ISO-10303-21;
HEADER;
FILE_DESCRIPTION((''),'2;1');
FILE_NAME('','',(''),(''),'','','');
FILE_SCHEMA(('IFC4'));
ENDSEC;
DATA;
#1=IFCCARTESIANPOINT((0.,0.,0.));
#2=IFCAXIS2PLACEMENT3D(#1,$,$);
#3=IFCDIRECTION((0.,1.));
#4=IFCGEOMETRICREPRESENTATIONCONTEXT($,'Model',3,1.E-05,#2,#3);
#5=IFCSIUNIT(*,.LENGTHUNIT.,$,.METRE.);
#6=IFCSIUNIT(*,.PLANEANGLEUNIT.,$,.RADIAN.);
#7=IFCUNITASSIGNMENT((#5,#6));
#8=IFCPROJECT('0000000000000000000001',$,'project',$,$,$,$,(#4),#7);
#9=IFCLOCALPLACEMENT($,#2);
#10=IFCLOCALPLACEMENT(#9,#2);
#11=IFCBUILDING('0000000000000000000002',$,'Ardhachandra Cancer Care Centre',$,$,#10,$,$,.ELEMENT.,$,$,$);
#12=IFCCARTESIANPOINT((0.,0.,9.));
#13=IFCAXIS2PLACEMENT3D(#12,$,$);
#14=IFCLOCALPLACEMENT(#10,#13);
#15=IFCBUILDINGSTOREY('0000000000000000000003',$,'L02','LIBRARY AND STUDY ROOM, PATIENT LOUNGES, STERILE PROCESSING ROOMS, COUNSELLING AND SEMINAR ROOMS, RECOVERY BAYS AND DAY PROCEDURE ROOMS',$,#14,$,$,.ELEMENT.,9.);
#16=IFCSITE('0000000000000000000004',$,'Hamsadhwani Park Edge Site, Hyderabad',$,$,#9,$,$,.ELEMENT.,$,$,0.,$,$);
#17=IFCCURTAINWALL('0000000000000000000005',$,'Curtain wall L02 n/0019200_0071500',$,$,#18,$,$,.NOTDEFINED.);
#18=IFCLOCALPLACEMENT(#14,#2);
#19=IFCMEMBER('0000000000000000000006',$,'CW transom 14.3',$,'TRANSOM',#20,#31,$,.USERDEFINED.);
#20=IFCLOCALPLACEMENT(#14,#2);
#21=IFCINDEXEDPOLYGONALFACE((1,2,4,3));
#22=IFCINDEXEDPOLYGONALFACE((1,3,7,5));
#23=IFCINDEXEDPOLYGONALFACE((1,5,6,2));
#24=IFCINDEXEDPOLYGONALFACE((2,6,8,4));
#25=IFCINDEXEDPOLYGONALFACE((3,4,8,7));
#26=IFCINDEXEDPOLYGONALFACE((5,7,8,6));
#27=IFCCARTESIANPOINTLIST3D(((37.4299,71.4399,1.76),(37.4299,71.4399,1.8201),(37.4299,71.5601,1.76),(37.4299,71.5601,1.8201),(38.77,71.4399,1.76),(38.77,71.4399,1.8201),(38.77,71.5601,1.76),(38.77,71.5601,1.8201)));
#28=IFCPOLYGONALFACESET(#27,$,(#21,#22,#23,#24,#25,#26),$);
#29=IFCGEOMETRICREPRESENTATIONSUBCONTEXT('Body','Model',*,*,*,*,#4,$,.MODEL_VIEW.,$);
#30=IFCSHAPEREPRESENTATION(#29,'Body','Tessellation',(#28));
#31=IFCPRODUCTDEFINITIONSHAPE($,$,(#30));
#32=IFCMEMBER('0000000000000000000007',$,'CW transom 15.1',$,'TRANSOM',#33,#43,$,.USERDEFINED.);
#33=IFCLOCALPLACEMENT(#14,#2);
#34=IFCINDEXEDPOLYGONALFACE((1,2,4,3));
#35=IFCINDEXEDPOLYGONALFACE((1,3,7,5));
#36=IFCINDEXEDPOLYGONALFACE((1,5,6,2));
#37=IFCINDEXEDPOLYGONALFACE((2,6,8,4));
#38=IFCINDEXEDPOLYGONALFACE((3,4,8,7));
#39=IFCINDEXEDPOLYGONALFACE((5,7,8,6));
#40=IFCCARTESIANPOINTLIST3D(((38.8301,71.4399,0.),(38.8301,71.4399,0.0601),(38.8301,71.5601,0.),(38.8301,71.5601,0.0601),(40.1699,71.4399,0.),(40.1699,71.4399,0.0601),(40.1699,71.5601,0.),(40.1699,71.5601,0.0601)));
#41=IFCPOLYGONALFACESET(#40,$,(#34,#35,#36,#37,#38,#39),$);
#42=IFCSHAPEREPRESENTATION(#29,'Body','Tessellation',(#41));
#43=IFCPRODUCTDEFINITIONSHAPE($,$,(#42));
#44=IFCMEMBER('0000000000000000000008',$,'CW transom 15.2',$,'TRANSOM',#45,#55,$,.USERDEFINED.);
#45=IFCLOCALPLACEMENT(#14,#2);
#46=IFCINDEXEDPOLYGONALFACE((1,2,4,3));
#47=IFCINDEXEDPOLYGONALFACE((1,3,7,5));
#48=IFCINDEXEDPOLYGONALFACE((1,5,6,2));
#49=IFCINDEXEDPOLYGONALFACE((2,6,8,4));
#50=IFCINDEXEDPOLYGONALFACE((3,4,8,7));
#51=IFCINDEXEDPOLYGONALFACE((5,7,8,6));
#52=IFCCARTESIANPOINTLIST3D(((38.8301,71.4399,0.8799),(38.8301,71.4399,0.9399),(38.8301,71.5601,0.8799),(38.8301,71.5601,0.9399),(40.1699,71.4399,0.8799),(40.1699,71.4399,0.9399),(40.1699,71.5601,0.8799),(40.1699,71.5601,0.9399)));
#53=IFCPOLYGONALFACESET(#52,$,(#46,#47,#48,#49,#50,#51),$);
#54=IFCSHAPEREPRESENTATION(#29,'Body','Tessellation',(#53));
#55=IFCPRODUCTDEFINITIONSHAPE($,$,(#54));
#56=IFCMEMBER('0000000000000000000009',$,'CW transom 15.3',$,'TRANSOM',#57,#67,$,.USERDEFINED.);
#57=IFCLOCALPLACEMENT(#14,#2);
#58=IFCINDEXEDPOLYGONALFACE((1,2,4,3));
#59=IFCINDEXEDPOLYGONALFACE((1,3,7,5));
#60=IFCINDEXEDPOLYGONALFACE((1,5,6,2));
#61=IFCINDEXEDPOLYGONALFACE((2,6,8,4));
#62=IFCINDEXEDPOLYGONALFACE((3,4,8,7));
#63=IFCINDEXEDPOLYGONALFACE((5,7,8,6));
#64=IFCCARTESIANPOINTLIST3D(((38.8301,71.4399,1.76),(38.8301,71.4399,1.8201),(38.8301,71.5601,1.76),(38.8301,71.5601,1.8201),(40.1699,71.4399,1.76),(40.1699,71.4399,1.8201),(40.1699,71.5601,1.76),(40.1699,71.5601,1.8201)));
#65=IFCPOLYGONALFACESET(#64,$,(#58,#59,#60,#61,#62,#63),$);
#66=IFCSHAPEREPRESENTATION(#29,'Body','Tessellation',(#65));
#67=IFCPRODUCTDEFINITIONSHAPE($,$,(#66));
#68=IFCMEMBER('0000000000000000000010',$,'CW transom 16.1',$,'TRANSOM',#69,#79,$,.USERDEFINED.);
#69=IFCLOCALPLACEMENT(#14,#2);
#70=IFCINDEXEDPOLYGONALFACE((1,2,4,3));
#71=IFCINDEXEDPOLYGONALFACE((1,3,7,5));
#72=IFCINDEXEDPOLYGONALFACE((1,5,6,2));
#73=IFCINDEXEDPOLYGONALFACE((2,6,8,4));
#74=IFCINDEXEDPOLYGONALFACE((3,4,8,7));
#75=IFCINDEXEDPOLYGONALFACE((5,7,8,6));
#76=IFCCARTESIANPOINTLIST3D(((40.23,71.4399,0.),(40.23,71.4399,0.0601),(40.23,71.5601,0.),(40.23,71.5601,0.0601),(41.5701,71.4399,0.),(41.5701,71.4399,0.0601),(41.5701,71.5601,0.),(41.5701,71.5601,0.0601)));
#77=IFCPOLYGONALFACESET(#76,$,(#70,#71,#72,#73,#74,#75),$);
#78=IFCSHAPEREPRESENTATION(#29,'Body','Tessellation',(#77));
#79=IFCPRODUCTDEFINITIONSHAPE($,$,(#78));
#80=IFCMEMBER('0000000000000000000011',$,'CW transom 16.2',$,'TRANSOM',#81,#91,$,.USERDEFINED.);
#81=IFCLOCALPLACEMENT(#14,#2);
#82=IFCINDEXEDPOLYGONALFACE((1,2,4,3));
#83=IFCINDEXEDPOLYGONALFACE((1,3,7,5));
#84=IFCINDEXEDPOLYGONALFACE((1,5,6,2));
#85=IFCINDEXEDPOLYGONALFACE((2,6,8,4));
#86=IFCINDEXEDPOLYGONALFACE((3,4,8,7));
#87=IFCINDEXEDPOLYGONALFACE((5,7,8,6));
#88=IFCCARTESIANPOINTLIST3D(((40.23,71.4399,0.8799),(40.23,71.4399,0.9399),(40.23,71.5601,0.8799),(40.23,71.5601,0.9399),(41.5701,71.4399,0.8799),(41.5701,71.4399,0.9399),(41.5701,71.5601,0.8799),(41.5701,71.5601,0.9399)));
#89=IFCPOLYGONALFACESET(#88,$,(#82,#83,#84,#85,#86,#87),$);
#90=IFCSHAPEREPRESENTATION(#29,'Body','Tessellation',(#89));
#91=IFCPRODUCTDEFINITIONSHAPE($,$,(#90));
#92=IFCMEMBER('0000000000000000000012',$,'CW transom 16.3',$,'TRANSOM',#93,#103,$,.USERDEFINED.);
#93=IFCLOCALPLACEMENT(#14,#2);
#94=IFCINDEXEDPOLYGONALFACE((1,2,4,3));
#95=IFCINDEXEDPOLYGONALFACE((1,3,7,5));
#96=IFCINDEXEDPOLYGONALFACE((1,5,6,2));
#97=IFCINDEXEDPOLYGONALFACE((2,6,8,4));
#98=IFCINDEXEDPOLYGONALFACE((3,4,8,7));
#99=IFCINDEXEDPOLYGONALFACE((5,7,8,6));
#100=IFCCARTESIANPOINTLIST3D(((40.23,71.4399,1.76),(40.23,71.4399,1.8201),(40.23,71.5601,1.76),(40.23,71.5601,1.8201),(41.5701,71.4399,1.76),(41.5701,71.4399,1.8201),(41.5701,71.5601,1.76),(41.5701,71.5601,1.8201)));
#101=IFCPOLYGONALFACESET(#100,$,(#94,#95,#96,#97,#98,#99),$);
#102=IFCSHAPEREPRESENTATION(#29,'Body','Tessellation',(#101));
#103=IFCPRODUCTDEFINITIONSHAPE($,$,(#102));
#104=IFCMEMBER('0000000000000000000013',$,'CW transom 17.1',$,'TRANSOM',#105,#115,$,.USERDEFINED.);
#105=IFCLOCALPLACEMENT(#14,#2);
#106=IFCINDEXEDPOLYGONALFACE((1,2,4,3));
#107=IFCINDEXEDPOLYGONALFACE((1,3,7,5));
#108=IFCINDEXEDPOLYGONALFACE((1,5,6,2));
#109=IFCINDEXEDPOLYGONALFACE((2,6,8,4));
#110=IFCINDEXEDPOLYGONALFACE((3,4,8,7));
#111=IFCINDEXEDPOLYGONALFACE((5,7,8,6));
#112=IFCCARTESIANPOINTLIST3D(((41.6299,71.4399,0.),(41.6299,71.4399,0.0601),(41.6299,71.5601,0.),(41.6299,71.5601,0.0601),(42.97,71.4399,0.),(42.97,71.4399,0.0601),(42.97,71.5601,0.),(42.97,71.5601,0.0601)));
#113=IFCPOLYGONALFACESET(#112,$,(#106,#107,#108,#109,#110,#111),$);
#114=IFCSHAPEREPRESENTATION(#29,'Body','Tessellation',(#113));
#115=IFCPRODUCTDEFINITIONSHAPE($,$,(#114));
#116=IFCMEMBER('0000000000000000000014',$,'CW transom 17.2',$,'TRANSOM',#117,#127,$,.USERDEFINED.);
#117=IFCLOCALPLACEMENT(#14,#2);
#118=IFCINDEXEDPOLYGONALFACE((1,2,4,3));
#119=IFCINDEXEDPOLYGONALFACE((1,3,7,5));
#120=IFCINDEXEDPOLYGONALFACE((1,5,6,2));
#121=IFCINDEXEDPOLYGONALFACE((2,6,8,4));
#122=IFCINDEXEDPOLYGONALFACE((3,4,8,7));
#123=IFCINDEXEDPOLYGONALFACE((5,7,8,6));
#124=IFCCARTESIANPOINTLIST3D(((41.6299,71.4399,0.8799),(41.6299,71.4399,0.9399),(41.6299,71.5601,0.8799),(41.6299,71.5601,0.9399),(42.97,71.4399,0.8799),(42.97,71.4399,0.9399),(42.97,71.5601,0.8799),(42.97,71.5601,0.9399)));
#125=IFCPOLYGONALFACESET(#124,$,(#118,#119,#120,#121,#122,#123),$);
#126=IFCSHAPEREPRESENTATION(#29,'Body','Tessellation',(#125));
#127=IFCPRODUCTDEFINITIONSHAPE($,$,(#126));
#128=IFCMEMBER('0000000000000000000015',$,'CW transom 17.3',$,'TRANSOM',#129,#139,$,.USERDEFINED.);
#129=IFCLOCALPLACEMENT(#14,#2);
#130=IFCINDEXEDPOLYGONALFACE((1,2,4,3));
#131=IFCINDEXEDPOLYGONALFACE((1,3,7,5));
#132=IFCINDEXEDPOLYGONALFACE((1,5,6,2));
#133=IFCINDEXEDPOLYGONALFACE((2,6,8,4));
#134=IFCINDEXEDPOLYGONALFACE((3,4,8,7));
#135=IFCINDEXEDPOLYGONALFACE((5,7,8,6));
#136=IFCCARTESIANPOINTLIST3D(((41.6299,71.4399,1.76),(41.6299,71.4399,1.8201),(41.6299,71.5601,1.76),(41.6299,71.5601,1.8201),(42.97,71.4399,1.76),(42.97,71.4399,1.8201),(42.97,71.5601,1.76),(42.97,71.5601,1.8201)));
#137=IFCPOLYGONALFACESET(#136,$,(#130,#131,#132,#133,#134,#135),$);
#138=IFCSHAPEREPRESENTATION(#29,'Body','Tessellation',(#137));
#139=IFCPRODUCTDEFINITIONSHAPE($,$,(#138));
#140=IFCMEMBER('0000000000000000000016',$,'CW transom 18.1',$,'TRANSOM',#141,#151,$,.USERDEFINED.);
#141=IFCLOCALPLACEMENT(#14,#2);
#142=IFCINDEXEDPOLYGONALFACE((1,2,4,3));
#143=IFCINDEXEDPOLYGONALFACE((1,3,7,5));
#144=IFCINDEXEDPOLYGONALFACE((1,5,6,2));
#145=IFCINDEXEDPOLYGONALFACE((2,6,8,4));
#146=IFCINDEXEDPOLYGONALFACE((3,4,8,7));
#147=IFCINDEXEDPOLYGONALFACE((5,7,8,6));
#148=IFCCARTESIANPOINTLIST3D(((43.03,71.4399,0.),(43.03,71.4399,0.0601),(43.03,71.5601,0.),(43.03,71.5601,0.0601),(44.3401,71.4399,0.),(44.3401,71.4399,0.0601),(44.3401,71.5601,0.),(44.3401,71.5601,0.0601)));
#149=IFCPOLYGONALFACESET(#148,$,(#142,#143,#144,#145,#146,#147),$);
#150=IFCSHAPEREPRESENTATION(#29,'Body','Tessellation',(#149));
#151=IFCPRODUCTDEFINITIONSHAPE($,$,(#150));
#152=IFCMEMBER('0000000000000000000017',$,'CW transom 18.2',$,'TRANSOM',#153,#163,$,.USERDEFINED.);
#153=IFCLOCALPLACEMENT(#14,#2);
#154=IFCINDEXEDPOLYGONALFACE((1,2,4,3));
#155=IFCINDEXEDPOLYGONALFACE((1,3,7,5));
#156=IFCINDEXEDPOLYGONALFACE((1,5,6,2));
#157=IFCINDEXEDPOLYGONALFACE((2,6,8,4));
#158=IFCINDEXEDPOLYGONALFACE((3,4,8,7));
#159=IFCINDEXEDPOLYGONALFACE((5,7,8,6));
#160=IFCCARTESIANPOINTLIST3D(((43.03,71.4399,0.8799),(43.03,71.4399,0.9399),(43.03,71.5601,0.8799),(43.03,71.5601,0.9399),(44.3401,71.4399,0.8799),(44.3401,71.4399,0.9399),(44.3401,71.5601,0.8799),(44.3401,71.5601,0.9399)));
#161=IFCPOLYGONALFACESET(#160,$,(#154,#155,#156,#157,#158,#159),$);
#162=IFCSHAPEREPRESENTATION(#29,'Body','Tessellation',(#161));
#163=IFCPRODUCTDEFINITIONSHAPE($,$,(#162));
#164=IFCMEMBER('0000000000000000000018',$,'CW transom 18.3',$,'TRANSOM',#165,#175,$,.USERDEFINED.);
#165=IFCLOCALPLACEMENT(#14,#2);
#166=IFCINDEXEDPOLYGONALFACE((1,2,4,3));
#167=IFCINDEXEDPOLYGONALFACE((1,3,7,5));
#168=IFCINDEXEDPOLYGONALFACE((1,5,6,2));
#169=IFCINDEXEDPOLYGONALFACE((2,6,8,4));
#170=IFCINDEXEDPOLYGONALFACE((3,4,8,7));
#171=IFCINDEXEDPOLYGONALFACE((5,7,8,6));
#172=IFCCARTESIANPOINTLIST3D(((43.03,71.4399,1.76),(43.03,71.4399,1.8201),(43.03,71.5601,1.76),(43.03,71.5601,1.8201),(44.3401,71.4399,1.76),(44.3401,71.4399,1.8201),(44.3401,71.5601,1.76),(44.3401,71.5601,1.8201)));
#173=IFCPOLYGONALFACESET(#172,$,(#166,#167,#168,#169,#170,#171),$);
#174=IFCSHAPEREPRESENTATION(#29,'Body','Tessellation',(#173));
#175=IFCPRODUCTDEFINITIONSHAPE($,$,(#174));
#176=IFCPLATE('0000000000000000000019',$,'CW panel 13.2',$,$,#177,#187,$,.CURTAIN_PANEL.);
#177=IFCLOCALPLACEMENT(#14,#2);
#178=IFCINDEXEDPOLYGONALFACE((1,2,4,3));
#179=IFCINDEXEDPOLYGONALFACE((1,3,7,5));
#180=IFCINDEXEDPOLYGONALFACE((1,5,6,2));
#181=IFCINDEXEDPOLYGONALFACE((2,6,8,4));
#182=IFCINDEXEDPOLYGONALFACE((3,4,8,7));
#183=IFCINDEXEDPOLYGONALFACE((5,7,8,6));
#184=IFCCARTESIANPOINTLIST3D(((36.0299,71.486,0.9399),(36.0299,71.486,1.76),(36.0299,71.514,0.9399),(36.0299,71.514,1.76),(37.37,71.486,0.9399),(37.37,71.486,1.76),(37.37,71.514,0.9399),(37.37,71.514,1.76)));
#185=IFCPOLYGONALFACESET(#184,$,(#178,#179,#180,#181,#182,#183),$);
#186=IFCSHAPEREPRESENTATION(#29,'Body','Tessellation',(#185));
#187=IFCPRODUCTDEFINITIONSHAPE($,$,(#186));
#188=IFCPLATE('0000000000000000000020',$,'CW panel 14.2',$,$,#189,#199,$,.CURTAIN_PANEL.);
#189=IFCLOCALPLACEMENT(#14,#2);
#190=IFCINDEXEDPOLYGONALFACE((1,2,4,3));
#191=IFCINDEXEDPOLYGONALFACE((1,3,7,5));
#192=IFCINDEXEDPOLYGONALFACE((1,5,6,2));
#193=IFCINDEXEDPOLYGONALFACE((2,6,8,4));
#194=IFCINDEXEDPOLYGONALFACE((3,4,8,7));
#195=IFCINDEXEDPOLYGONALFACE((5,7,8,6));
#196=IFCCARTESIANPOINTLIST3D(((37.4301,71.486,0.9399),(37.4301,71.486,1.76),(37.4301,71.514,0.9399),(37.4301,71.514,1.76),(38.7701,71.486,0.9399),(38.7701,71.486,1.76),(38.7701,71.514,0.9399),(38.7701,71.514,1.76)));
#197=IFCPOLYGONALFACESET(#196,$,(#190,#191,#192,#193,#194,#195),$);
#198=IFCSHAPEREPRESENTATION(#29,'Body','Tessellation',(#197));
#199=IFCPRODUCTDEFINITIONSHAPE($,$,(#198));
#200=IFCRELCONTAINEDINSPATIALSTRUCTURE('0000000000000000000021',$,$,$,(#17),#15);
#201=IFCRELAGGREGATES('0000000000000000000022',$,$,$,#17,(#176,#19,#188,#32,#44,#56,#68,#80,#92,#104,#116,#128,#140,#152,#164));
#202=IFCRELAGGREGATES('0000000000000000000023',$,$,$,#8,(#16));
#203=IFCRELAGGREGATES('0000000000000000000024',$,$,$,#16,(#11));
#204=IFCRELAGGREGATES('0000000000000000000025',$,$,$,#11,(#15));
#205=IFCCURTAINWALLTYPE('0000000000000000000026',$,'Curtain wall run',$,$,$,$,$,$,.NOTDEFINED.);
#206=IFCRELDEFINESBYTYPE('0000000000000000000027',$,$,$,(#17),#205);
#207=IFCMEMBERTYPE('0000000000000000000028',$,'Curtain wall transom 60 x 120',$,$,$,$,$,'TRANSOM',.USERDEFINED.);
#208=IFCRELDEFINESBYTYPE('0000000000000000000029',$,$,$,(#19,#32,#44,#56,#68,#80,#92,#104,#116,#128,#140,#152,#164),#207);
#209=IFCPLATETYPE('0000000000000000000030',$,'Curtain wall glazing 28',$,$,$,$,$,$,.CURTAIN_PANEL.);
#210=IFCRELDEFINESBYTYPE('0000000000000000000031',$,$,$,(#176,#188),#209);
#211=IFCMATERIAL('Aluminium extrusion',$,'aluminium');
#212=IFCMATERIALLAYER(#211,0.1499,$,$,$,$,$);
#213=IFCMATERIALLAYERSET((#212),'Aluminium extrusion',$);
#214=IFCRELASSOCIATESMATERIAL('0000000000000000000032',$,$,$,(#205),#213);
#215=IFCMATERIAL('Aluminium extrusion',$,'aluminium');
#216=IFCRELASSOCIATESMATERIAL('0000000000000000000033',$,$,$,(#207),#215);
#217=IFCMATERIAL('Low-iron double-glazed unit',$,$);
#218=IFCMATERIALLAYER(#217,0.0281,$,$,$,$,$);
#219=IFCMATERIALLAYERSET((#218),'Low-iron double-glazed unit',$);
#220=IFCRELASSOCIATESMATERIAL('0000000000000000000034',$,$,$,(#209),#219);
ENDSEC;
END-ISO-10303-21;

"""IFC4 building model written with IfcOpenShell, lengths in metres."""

from ifc_helpers import new_model, si_unit, direction, frame, origin, origin_2d, place, context, subcontext, project, spatial, rectangle, extrude, material, layer, layer_set, material_profile, profile_set, type_object, element, aggregate, save


model = new_model("IFC4")

# Units and contexts
model_context = context("Model", 3, precision=1e-05, world=origin(), true_north=direction((0.0, 1.0)))
body_context = subcontext(model_context, "Body", "Model", "MODEL_VIEW")
ifc_project = project(units=[si_unit("LENGTHUNIT", "METRE"), si_unit("PLANEANGLEUNIT", "RADIAN")], contexts=[model_context])

# Site, building, storey
site_placement = place(None, origin())
site = spatial("IfcSite", under=ifc_project, at=site_placement, Name="Hamsadhwani Park Edge Site, Hyderabad", CompositionType="ELEMENT", RefElevation=0.0)
building_placement = place(site_placement, origin())
building = spatial("IfcBuilding", under=site, at=building_placement, Name="Ardhachandra Cancer Care Centre", CompositionType="ELEMENT")
storey_placement = place(building_placement, frame((0.0, 0.0, 9.0)))
storey = spatial("IfcBuildingStorey", under=building, at=storey_placement, Name="L02", Description="LIBRARY AND STUDY ROOM, PATIENT LOUNGES, STERILE PROCESSING ROOMS, COUNSELLING AND SEMINAR ROOMS, RECOVERY BAYS AND DAY PROCEDURE ROOMS", CompositionType="ELEMENT", Elevation=9.0)

# Curtain wall, members, plates
ifc_material_1 = material(Name="Aluminium extrusion", Category="aluminium")
ifc_layer_1 = layer(ifc_material_1, 0.1499)
ifc_layer_set_1 = layer_set([ifc_layer_1], Name="Aluminium extrusion")
curtain_wall_type = type_object("IfcCurtainWallType", Name="Curtain wall run", PredefinedType="NOTDEFINED", material=ifc_layer_set_1)
curtain_wall_placement = place(storey_placement, origin())
curtain_wall = element("IfcCurtainWall", 1, at=curtain_wall_placement, inside=storey, type_object=curtain_wall_type, Name="Curtain wall L02 n/0019200_0071500", PredefinedType="NOTDEFINED")
ifc_material_2 = material(Name="Aluminium extrusion", Category="aluminium")
ifc_material_profile_1 = material_profile(ifc_material_2, rectangle(XDim=0.1201, YDim=0.0601, at=origin_2d()), Name="Curtain wall transom 60 x 120")
ifc_profile_set_1 = profile_set([ifc_material_profile_1], Name="Aluminium extrusion")
member_type_1 = type_object("IfcMemberType", Name="Curtain wall transom 60 x 120", ElementType="TRANSOM", PredefinedType="USERDEFINED", material=ifc_profile_set_1)
member_1_placement = place(storey_placement, frame((37.4299, 71.5, 1.79), z_axis=(1.0, 0.0, 0.0), x_axis=(0.0, 1.0, 0.0)))
member_1 = element("IfcMember", 2, at=member_1_placement, type_object=member_type_1, Name="CW transom 14.3", ObjectType="TRANSOM", PredefinedType="USERDEFINED", context=body_context, shape_type="SweptSolid", body=[
    extrude(rectangle(XDim=0.1201, YDim=0.0601, at=origin_2d()), origin(), (0.0, 0.0, 1.0), 1.3401),
])
member_2_placement = place(storey_placement, frame((38.8301, 71.5, 0.03), z_axis=(1.0, 0.0, 0.0), x_axis=(0.0, 1.0, 0.0)))
member_2 = element("IfcMember", 3, at=member_2_placement, type_object=member_type_1, Name="CW transom 15.1", ObjectType="TRANSOM", PredefinedType="USERDEFINED", context=body_context, shape_type="SweptSolid", body=[
    extrude(rectangle(XDim=0.1201, YDim=0.0601, at=origin_2d()), origin(), (0.0, 0.0, 1.0), 1.3398),
])
member_3_placement = place(storey_placement, frame((38.8301, 71.5, 0.9099), z_axis=(1.0, 0.0, 0.0), x_axis=(0.0, 1.0, 0.0)))
member_3 = element("IfcMember", 4, at=member_3_placement, type_object=member_type_1, Name="CW transom 15.2", ObjectType="TRANSOM", PredefinedType="USERDEFINED", context=body_context, shape_type="SweptSolid", body=[
    extrude(rectangle(XDim=0.1201, YDim=0.0601, at=origin_2d()), origin(), (0.0, 0.0, 1.0), 1.3398),
])
member_4_placement = place(storey_placement, frame((38.8301, 71.5, 1.79), z_axis=(1.0, 0.0, 0.0), x_axis=(0.0, 1.0, 0.0)))
member_4 = element("IfcMember", 5, at=member_4_placement, type_object=member_type_1, Name="CW transom 15.3", ObjectType="TRANSOM", PredefinedType="USERDEFINED", context=body_context, shape_type="SweptSolid", body=[
    extrude(rectangle(XDim=0.1201, YDim=0.0601, at=origin_2d()), origin(), (0.0, 0.0, 1.0), 1.3398),
])
member_5_placement = place(storey_placement, frame((40.23, 71.5, 0.03), z_axis=(1.0, 0.0, 0.0), x_axis=(0.0, 1.0, 0.0)))
member_5 = element("IfcMember", 6, at=member_5_placement, type_object=member_type_1, Name="CW transom 16.1", ObjectType="TRANSOM", PredefinedType="USERDEFINED", context=body_context, shape_type="SweptSolid", body=[
    extrude(rectangle(XDim=0.1201, YDim=0.0601, at=origin_2d()), origin(), (0.0, 0.0, 1.0), 1.3401),
])
member_6_placement = place(storey_placement, frame((40.23, 71.5, 0.9099), z_axis=(1.0, 0.0, 0.0), x_axis=(0.0, 1.0, 0.0)))
member_6 = element("IfcMember", 7, at=member_6_placement, type_object=member_type_1, Name="CW transom 16.2", ObjectType="TRANSOM", PredefinedType="USERDEFINED", context=body_context, shape_type="SweptSolid", body=[
    extrude(rectangle(XDim=0.1201, YDim=0.0601, at=origin_2d()), origin(), (0.0, 0.0, 1.0), 1.3401),
])
member_7_placement = place(storey_placement, frame((40.23, 71.5, 1.79), z_axis=(1.0, 0.0, 0.0), x_axis=(0.0, 1.0, 0.0)))
member_7 = element("IfcMember", 8, at=member_7_placement, type_object=member_type_1, Name="CW transom 16.3", ObjectType="TRANSOM", PredefinedType="USERDEFINED", context=body_context, shape_type="SweptSolid", body=[
    extrude(rectangle(XDim=0.1201, YDim=0.0601, at=origin_2d()), origin(), (0.0, 0.0, 1.0), 1.3401),
])
member_8_placement = place(storey_placement, frame((41.6299, 71.5, 0.03), z_axis=(1.0, 0.0, 0.0), x_axis=(0.0, 1.0, 0.0)))
member_8 = element("IfcMember", 9, at=member_8_placement, type_object=member_type_1, Name="CW transom 17.1", ObjectType="TRANSOM", PredefinedType="USERDEFINED", context=body_context, shape_type="SweptSolid", body=[
    extrude(rectangle(XDim=0.1201, YDim=0.0601, at=origin_2d()), origin(), (0.0, 0.0, 1.0), 1.3401),
])
member_9_placement = place(storey_placement, frame((41.6299, 71.5, 0.9099), z_axis=(1.0, 0.0, 0.0), x_axis=(0.0, 1.0, 0.0)))
member_9 = element("IfcMember", 10, at=member_9_placement, type_object=member_type_1, Name="CW transom 17.2", ObjectType="TRANSOM", PredefinedType="USERDEFINED", context=body_context, shape_type="SweptSolid", body=[
    extrude(rectangle(XDim=0.1201, YDim=0.0601, at=origin_2d()), origin(), (0.0, 0.0, 1.0), 1.3401),
])
member_10_placement = place(storey_placement, frame((41.6299, 71.5, 1.79), z_axis=(1.0, 0.0, 0.0), x_axis=(0.0, 1.0, 0.0)))
member_10 = element("IfcMember", 11, at=member_10_placement, type_object=member_type_1, Name="CW transom 17.3", ObjectType="TRANSOM", PredefinedType="USERDEFINED", context=body_context, shape_type="SweptSolid", body=[
    extrude(rectangle(XDim=0.1201, YDim=0.0601, at=origin_2d()), origin(), (0.0, 0.0, 1.0), 1.3401),
])
member_11_placement = place(storey_placement, frame((43.03, 71.5, 0.03), z_axis=(1.0, 0.0, 0.0), x_axis=(0.0, 1.0, 0.0)))
member_11 = element("IfcMember", 12, at=member_11_placement, type_object=member_type_1, Name="CW transom 18.1", ObjectType="TRANSOM", PredefinedType="USERDEFINED", context=body_context, shape_type="SweptSolid", body=[
    extrude(rectangle(XDim=0.1201, YDim=0.0601, at=origin_2d()), origin(), (0.0, 0.0, 1.0), 1.3101),
])
member_12_placement = place(storey_placement, frame((43.03, 71.5, 0.9099), z_axis=(1.0, 0.0, 0.0), x_axis=(0.0, 1.0, 0.0)))
member_12 = element("IfcMember", 13, at=member_12_placement, type_object=member_type_1, Name="CW transom 18.2", ObjectType="TRANSOM", PredefinedType="USERDEFINED", context=body_context, shape_type="SweptSolid", body=[
    extrude(rectangle(XDim=0.1201, YDim=0.0601, at=origin_2d()), origin(), (0.0, 0.0, 1.0), 1.3101),
])
member_13_placement = place(storey_placement, frame((43.03, 71.5, 1.79), z_axis=(1.0, 0.0, 0.0), x_axis=(0.0, 1.0, 0.0)))
member_13 = element("IfcMember", 14, at=member_13_placement, type_object=member_type_1, Name="CW transom 18.3", ObjectType="TRANSOM", PredefinedType="USERDEFINED", context=body_context, shape_type="SweptSolid", body=[
    extrude(rectangle(XDim=0.1201, YDim=0.0601, at=origin_2d()), origin(), (0.0, 0.0, 1.0), 1.3101),
])
ifc_material_3 = material(Name="Low-iron double-glazed unit")
ifc_layer_2 = layer(ifc_material_3, 0.0281)
ifc_layer_set_2 = layer_set([ifc_layer_2], Name="Low-iron double-glazed unit")
plate_type_1 = type_object("IfcPlateType", Name="Curtain wall glazing 28", PredefinedType="CURTAIN_PANEL", material=ifc_layer_set_2)
plate_1_placement = place(storey_placement, frame((36.7, 71.5, 0.9399), z_axis=(0.0, 0.0, 1.0), x_axis=(1.0, 0.0, 0.0)))
plate_1 = element("IfcPlate", 15, at=plate_1_placement, type_object=plate_type_1, Name="CW panel 13.2", PredefinedType="CURTAIN_PANEL", context=body_context, shape_type="SweptSolid", body=[
    extrude(rectangle(XDim=1.3401, YDim=0.0281, at=origin_2d()), origin(), (0.0, 0.0, 1.0), 0.8201),
])
plate_2_placement = place(storey_placement, frame((38.1001, 71.5, 0.9399), z_axis=(0.0, 0.0, 1.0), x_axis=(1.0, 0.0, 0.0)))
plate_2 = element("IfcPlate", 16, at=plate_2_placement, type_object=plate_type_1, Name="CW panel 14.2", PredefinedType="CURTAIN_PANEL", context=body_context, shape_type="SweptSolid", body=[
    extrude(rectangle(XDim=1.3401, YDim=0.0281, at=origin_2d()), origin(), (0.0, 0.0, 1.0), 0.8201),
])
aggregate(curtain_wall, [plate_1, member_1, plate_2, member_2, member_3, member_4, member_5, member_6, member_7, member_8, member_9, member_10, member_11, member_12, member_13])

save(model, "model.ifc")
